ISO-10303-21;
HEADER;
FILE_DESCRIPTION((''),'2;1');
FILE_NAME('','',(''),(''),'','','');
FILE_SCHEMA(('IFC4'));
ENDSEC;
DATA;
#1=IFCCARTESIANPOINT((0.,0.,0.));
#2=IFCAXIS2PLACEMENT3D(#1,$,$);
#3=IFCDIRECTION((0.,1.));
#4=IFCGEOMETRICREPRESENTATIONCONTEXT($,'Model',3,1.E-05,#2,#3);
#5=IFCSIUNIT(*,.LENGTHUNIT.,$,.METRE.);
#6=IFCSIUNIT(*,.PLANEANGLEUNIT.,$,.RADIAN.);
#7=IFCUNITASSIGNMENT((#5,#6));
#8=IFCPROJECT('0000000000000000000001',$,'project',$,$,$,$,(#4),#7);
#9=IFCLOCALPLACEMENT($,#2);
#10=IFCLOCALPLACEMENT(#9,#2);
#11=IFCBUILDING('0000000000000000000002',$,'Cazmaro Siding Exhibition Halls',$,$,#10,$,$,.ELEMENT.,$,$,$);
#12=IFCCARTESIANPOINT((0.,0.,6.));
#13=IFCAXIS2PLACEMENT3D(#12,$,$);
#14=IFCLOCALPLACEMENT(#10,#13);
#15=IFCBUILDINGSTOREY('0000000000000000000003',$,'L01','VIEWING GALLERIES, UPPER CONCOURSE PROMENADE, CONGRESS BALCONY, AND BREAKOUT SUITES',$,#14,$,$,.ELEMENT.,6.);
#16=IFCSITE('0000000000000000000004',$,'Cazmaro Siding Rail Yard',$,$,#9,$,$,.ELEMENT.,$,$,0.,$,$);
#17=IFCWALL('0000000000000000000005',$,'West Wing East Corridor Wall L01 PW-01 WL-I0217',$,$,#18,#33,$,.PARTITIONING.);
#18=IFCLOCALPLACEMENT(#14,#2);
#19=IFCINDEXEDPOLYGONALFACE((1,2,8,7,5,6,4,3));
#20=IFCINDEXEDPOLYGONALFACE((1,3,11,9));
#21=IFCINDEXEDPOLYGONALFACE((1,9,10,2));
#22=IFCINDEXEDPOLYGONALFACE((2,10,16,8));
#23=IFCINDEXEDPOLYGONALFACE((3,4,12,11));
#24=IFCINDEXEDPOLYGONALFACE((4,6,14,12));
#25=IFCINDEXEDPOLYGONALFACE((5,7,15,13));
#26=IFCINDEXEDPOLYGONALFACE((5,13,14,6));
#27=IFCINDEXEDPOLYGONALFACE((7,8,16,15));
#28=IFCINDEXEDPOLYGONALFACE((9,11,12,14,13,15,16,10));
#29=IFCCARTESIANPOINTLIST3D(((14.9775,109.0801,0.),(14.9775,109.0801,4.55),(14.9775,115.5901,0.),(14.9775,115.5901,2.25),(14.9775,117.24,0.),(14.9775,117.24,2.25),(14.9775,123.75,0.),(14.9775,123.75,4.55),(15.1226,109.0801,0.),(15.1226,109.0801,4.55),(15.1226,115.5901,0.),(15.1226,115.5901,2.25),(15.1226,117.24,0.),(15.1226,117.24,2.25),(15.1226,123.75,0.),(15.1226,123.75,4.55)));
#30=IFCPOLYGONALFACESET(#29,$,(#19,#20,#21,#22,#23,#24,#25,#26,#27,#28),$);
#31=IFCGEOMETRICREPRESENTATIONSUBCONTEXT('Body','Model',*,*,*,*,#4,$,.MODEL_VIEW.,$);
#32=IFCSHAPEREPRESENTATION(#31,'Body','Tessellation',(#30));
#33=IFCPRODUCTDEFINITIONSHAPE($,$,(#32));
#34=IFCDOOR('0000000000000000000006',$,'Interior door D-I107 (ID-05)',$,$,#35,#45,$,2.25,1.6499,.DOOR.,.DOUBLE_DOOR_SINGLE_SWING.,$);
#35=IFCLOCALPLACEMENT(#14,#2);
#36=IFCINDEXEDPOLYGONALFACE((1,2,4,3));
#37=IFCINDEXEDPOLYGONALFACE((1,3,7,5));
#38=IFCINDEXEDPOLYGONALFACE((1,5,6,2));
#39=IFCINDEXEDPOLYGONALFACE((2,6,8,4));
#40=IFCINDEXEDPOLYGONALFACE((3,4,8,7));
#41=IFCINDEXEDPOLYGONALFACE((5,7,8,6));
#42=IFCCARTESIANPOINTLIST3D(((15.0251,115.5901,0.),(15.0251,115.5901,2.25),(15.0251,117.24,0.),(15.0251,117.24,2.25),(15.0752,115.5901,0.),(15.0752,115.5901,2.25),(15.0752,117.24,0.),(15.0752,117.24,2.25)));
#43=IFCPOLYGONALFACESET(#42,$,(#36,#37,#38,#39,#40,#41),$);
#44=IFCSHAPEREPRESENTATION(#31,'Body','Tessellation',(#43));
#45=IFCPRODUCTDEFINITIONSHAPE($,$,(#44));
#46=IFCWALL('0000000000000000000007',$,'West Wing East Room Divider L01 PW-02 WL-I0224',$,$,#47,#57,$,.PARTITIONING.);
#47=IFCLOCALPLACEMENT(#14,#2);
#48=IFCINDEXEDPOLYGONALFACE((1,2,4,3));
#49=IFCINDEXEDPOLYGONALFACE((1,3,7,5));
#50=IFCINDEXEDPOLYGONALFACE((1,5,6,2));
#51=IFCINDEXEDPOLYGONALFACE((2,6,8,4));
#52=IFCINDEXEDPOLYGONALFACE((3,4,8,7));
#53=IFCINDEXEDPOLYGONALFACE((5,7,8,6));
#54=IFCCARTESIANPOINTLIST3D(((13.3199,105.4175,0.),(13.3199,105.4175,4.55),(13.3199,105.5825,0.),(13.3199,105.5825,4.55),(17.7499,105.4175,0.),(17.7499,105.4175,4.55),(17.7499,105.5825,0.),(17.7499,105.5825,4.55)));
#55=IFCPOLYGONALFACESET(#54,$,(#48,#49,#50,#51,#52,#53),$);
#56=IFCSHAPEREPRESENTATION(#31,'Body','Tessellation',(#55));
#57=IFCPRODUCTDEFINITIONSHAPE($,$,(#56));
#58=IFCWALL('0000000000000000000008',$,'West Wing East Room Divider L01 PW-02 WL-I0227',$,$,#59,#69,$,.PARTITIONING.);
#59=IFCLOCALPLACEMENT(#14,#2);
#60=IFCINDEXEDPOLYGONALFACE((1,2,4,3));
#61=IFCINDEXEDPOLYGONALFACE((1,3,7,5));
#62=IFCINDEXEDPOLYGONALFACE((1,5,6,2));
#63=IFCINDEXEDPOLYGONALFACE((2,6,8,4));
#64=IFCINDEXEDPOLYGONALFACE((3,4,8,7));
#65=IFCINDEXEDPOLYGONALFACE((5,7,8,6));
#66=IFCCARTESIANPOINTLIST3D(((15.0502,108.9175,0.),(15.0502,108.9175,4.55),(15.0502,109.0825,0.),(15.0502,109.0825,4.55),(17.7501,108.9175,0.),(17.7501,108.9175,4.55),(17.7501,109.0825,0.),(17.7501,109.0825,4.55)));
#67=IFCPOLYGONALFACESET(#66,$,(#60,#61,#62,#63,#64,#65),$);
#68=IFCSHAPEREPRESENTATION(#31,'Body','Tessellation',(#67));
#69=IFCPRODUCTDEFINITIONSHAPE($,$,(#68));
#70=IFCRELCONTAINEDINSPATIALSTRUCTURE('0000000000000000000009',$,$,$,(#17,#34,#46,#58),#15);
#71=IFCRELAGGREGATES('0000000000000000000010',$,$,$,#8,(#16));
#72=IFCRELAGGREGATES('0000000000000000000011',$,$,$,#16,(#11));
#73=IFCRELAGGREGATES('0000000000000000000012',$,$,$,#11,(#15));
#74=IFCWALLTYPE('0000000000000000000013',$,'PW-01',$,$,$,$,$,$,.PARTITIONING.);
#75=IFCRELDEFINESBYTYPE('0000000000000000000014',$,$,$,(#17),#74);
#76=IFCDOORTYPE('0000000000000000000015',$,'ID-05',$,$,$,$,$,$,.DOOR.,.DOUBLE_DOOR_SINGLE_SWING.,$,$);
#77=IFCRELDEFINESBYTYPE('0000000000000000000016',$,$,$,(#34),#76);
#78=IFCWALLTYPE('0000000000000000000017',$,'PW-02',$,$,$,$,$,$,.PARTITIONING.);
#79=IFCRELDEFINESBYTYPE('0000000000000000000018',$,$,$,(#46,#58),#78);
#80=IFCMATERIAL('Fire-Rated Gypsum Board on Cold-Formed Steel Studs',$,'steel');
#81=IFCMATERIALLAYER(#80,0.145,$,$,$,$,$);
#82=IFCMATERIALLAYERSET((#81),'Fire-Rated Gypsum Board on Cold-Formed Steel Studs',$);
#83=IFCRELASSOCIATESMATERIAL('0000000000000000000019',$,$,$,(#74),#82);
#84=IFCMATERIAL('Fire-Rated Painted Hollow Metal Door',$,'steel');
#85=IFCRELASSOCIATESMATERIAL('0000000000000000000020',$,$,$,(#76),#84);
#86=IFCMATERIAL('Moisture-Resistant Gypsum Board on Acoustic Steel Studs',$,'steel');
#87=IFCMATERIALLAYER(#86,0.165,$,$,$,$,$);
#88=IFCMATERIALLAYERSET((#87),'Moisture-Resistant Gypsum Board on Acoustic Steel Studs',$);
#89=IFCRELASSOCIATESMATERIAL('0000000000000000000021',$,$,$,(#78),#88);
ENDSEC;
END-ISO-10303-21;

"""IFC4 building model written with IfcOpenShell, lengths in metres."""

from ifc_helpers import new_model, si_unit, direction, frame, frame_2d, origin, place, context, subcontext, project, spatial, rectangle, extrude, material, layer, layer_set, type_object, element, fill, save


model = new_model("IFC4")

# Units and contexts
model_context = context("Model", 3, precision=1e-05, world=origin(), true_north=direction((0.0, 1.0)))
body_context = subcontext(model_context, "Body", "Model", "MODEL_VIEW")
ifc_project = project(units=[si_unit("LENGTHUNIT", "METRE"), si_unit("PLANEANGLEUNIT", "RADIAN")], contexts=[model_context])

# Site, building, storey
site_placement = place(None, origin())
site = spatial("IfcSite", under=ifc_project, at=site_placement, Name="Cazmaro Siding Rail Yard", CompositionType="ELEMENT", RefElevation=0.0)
building_placement = place(site_placement, origin())
building = spatial("IfcBuilding", under=site, at=building_placement, Name="Cazmaro Siding Exhibition Halls", CompositionType="ELEMENT")
storey_placement = place(building_placement, frame((0.0, 0.0, 6.0)))
storey = spatial("IfcBuildingStorey", under=building, at=storey_placement, Name="L01", Description="VIEWING GALLERIES, UPPER CONCOURSE PROMENADE, CONGRESS BALCONY, AND BREAKOUT SUITES", CompositionType="ELEMENT", Elevation=6.0)

# Wall, opening, door
ifc_material_1 = material(Name="Fire-Rated Gypsum Board on Cold-Formed Steel Studs", Category="steel")
ifc_layer_1 = layer(ifc_material_1, 0.145)
ifc_layer_set_1 = layer_set([ifc_layer_1], Name="Fire-Rated Gypsum Board on Cold-Formed Steel Studs")
wall_type_1 = type_object("IfcWallType", Name="PW-01", PredefinedType="PARTITIONING", material=ifc_layer_set_1)
wall_1_placement = place(storey_placement, frame((15.05, 109.0801, 0.0), z_axis=(0.0, 0.0, 1.0), x_axis=(0.0, 1.0, 0.0)))
wall_1 = element("IfcWall", 1, at=wall_1_placement, inside=storey, type_object=wall_type_1, Name="West Wing East Corridor Wall L01 PW-01 WL-I0217", PredefinedType="PARTITIONING", context=body_context, shape_type="SweptSolid", body=[
    extrude(rectangle(XDim=14.6699, YDim=0.145, at=frame_2d((7.335, 0.0))), origin(), (0.0, 0.0, 1.0), 4.55),
])
opening_1_placement = place(wall_1_placement, frame((6.51, 0.0, 0.0)))
opening_1 = element("IfcOpeningElement", 2, at=opening_1_placement, cuts=wall_1, PredefinedType="OPENING", context=body_context, shape_type="SweptSolid", body=[
    extrude(rectangle(XDim=1.6499, YDim=2.25, at=frame_2d((0.825, 1.125))), frame((0.0, 0.0825, 0.0), z_axis=(0.0, -1.0, 0.0), x_axis=(1.0, 0.0, 0.0)), (0.0, 0.0, 1.0), 0.165),
])
ifc_material_2 = material(Name="Fire-Rated Painted Hollow Metal Door", Category="steel")
door_type = type_object("IfcDoorType", Name="ID-05", OperationType="DOUBLE_DOOR_SINGLE_SWING", PredefinedType="DOOR", material=ifc_material_2)
door_placement = place(opening_1_placement, origin())
door = element("IfcDoor", 3, at=door_placement, inside=storey, type_object=door_type, Name="Interior door D-I107 (ID-05)", OperationType="DOUBLE_DOOR_SINGLE_SWING", OverallHeight=2.25, OverallWidth=1.6499, PredefinedType="DOOR", context=body_context, shape_type="SweptSolid", body=[
    extrude(rectangle(XDim=1.6499, YDim=2.25, at=frame_2d((0.825, 1.125))), frame((0.0, 0.0249, 0.0), z_axis=(0.0, -1.0, 0.0), x_axis=(1.0, 0.0, 0.0)), (0.0, 0.0, 1.0), 0.05),
])
fill(opening_1, door)

# Walls
ifc_material_3 = material(Name="Moisture-Resistant Gypsum Board on Acoustic Steel Studs", Category="steel")
ifc_layer_2 = layer(ifc_material_3, 0.165)
ifc_layer_set_2 = layer_set([ifc_layer_2], Name="Moisture-Resistant Gypsum Board on Acoustic Steel Studs")
wall_type_2 = type_object("IfcWallType", Name="PW-02", PredefinedType="PARTITIONING", material=ifc_layer_set_2)
wall_2_placement = place(storey_placement, frame((13.3201, 105.5, 0.0), z_axis=(0.0, 0.0, 1.0), x_axis=(1.0, 0.0, 0.0)))
element("IfcWall", 4, at=wall_2_placement, inside=storey, type_object=wall_type_2, Name="West Wing East Room Divider L01 PW-02 WL-I0224", PredefinedType="PARTITIONING", context=body_context, shape_type="SweptSolid", body=[
    extrude(rectangle(XDim=4.4299, YDim=0.165, at=frame_2d((2.2148, 0.0))), origin(), (0.0, 0.0, 1.0), 4.55),
])
wall_3_placement = place(storey_placement, frame((15.05, 109.0, 0.0), z_axis=(0.0, 0.0, 1.0), x_axis=(1.0, 0.0, 0.0)))
element("IfcWall", 5, at=wall_3_placement, inside=storey, type_object=wall_type_2, Name="West Wing East Room Divider L01 PW-02 WL-I0227", PredefinedType="PARTITIONING", context=body_context, shape_type="SweptSolid", body=[
    extrude(rectangle(XDim=2.7, YDim=0.165, at=frame_2d((1.3501, 0.0))), origin(), (0.0, 0.0, 1.0), 4.55),
])

save(model, "model.ifc")
